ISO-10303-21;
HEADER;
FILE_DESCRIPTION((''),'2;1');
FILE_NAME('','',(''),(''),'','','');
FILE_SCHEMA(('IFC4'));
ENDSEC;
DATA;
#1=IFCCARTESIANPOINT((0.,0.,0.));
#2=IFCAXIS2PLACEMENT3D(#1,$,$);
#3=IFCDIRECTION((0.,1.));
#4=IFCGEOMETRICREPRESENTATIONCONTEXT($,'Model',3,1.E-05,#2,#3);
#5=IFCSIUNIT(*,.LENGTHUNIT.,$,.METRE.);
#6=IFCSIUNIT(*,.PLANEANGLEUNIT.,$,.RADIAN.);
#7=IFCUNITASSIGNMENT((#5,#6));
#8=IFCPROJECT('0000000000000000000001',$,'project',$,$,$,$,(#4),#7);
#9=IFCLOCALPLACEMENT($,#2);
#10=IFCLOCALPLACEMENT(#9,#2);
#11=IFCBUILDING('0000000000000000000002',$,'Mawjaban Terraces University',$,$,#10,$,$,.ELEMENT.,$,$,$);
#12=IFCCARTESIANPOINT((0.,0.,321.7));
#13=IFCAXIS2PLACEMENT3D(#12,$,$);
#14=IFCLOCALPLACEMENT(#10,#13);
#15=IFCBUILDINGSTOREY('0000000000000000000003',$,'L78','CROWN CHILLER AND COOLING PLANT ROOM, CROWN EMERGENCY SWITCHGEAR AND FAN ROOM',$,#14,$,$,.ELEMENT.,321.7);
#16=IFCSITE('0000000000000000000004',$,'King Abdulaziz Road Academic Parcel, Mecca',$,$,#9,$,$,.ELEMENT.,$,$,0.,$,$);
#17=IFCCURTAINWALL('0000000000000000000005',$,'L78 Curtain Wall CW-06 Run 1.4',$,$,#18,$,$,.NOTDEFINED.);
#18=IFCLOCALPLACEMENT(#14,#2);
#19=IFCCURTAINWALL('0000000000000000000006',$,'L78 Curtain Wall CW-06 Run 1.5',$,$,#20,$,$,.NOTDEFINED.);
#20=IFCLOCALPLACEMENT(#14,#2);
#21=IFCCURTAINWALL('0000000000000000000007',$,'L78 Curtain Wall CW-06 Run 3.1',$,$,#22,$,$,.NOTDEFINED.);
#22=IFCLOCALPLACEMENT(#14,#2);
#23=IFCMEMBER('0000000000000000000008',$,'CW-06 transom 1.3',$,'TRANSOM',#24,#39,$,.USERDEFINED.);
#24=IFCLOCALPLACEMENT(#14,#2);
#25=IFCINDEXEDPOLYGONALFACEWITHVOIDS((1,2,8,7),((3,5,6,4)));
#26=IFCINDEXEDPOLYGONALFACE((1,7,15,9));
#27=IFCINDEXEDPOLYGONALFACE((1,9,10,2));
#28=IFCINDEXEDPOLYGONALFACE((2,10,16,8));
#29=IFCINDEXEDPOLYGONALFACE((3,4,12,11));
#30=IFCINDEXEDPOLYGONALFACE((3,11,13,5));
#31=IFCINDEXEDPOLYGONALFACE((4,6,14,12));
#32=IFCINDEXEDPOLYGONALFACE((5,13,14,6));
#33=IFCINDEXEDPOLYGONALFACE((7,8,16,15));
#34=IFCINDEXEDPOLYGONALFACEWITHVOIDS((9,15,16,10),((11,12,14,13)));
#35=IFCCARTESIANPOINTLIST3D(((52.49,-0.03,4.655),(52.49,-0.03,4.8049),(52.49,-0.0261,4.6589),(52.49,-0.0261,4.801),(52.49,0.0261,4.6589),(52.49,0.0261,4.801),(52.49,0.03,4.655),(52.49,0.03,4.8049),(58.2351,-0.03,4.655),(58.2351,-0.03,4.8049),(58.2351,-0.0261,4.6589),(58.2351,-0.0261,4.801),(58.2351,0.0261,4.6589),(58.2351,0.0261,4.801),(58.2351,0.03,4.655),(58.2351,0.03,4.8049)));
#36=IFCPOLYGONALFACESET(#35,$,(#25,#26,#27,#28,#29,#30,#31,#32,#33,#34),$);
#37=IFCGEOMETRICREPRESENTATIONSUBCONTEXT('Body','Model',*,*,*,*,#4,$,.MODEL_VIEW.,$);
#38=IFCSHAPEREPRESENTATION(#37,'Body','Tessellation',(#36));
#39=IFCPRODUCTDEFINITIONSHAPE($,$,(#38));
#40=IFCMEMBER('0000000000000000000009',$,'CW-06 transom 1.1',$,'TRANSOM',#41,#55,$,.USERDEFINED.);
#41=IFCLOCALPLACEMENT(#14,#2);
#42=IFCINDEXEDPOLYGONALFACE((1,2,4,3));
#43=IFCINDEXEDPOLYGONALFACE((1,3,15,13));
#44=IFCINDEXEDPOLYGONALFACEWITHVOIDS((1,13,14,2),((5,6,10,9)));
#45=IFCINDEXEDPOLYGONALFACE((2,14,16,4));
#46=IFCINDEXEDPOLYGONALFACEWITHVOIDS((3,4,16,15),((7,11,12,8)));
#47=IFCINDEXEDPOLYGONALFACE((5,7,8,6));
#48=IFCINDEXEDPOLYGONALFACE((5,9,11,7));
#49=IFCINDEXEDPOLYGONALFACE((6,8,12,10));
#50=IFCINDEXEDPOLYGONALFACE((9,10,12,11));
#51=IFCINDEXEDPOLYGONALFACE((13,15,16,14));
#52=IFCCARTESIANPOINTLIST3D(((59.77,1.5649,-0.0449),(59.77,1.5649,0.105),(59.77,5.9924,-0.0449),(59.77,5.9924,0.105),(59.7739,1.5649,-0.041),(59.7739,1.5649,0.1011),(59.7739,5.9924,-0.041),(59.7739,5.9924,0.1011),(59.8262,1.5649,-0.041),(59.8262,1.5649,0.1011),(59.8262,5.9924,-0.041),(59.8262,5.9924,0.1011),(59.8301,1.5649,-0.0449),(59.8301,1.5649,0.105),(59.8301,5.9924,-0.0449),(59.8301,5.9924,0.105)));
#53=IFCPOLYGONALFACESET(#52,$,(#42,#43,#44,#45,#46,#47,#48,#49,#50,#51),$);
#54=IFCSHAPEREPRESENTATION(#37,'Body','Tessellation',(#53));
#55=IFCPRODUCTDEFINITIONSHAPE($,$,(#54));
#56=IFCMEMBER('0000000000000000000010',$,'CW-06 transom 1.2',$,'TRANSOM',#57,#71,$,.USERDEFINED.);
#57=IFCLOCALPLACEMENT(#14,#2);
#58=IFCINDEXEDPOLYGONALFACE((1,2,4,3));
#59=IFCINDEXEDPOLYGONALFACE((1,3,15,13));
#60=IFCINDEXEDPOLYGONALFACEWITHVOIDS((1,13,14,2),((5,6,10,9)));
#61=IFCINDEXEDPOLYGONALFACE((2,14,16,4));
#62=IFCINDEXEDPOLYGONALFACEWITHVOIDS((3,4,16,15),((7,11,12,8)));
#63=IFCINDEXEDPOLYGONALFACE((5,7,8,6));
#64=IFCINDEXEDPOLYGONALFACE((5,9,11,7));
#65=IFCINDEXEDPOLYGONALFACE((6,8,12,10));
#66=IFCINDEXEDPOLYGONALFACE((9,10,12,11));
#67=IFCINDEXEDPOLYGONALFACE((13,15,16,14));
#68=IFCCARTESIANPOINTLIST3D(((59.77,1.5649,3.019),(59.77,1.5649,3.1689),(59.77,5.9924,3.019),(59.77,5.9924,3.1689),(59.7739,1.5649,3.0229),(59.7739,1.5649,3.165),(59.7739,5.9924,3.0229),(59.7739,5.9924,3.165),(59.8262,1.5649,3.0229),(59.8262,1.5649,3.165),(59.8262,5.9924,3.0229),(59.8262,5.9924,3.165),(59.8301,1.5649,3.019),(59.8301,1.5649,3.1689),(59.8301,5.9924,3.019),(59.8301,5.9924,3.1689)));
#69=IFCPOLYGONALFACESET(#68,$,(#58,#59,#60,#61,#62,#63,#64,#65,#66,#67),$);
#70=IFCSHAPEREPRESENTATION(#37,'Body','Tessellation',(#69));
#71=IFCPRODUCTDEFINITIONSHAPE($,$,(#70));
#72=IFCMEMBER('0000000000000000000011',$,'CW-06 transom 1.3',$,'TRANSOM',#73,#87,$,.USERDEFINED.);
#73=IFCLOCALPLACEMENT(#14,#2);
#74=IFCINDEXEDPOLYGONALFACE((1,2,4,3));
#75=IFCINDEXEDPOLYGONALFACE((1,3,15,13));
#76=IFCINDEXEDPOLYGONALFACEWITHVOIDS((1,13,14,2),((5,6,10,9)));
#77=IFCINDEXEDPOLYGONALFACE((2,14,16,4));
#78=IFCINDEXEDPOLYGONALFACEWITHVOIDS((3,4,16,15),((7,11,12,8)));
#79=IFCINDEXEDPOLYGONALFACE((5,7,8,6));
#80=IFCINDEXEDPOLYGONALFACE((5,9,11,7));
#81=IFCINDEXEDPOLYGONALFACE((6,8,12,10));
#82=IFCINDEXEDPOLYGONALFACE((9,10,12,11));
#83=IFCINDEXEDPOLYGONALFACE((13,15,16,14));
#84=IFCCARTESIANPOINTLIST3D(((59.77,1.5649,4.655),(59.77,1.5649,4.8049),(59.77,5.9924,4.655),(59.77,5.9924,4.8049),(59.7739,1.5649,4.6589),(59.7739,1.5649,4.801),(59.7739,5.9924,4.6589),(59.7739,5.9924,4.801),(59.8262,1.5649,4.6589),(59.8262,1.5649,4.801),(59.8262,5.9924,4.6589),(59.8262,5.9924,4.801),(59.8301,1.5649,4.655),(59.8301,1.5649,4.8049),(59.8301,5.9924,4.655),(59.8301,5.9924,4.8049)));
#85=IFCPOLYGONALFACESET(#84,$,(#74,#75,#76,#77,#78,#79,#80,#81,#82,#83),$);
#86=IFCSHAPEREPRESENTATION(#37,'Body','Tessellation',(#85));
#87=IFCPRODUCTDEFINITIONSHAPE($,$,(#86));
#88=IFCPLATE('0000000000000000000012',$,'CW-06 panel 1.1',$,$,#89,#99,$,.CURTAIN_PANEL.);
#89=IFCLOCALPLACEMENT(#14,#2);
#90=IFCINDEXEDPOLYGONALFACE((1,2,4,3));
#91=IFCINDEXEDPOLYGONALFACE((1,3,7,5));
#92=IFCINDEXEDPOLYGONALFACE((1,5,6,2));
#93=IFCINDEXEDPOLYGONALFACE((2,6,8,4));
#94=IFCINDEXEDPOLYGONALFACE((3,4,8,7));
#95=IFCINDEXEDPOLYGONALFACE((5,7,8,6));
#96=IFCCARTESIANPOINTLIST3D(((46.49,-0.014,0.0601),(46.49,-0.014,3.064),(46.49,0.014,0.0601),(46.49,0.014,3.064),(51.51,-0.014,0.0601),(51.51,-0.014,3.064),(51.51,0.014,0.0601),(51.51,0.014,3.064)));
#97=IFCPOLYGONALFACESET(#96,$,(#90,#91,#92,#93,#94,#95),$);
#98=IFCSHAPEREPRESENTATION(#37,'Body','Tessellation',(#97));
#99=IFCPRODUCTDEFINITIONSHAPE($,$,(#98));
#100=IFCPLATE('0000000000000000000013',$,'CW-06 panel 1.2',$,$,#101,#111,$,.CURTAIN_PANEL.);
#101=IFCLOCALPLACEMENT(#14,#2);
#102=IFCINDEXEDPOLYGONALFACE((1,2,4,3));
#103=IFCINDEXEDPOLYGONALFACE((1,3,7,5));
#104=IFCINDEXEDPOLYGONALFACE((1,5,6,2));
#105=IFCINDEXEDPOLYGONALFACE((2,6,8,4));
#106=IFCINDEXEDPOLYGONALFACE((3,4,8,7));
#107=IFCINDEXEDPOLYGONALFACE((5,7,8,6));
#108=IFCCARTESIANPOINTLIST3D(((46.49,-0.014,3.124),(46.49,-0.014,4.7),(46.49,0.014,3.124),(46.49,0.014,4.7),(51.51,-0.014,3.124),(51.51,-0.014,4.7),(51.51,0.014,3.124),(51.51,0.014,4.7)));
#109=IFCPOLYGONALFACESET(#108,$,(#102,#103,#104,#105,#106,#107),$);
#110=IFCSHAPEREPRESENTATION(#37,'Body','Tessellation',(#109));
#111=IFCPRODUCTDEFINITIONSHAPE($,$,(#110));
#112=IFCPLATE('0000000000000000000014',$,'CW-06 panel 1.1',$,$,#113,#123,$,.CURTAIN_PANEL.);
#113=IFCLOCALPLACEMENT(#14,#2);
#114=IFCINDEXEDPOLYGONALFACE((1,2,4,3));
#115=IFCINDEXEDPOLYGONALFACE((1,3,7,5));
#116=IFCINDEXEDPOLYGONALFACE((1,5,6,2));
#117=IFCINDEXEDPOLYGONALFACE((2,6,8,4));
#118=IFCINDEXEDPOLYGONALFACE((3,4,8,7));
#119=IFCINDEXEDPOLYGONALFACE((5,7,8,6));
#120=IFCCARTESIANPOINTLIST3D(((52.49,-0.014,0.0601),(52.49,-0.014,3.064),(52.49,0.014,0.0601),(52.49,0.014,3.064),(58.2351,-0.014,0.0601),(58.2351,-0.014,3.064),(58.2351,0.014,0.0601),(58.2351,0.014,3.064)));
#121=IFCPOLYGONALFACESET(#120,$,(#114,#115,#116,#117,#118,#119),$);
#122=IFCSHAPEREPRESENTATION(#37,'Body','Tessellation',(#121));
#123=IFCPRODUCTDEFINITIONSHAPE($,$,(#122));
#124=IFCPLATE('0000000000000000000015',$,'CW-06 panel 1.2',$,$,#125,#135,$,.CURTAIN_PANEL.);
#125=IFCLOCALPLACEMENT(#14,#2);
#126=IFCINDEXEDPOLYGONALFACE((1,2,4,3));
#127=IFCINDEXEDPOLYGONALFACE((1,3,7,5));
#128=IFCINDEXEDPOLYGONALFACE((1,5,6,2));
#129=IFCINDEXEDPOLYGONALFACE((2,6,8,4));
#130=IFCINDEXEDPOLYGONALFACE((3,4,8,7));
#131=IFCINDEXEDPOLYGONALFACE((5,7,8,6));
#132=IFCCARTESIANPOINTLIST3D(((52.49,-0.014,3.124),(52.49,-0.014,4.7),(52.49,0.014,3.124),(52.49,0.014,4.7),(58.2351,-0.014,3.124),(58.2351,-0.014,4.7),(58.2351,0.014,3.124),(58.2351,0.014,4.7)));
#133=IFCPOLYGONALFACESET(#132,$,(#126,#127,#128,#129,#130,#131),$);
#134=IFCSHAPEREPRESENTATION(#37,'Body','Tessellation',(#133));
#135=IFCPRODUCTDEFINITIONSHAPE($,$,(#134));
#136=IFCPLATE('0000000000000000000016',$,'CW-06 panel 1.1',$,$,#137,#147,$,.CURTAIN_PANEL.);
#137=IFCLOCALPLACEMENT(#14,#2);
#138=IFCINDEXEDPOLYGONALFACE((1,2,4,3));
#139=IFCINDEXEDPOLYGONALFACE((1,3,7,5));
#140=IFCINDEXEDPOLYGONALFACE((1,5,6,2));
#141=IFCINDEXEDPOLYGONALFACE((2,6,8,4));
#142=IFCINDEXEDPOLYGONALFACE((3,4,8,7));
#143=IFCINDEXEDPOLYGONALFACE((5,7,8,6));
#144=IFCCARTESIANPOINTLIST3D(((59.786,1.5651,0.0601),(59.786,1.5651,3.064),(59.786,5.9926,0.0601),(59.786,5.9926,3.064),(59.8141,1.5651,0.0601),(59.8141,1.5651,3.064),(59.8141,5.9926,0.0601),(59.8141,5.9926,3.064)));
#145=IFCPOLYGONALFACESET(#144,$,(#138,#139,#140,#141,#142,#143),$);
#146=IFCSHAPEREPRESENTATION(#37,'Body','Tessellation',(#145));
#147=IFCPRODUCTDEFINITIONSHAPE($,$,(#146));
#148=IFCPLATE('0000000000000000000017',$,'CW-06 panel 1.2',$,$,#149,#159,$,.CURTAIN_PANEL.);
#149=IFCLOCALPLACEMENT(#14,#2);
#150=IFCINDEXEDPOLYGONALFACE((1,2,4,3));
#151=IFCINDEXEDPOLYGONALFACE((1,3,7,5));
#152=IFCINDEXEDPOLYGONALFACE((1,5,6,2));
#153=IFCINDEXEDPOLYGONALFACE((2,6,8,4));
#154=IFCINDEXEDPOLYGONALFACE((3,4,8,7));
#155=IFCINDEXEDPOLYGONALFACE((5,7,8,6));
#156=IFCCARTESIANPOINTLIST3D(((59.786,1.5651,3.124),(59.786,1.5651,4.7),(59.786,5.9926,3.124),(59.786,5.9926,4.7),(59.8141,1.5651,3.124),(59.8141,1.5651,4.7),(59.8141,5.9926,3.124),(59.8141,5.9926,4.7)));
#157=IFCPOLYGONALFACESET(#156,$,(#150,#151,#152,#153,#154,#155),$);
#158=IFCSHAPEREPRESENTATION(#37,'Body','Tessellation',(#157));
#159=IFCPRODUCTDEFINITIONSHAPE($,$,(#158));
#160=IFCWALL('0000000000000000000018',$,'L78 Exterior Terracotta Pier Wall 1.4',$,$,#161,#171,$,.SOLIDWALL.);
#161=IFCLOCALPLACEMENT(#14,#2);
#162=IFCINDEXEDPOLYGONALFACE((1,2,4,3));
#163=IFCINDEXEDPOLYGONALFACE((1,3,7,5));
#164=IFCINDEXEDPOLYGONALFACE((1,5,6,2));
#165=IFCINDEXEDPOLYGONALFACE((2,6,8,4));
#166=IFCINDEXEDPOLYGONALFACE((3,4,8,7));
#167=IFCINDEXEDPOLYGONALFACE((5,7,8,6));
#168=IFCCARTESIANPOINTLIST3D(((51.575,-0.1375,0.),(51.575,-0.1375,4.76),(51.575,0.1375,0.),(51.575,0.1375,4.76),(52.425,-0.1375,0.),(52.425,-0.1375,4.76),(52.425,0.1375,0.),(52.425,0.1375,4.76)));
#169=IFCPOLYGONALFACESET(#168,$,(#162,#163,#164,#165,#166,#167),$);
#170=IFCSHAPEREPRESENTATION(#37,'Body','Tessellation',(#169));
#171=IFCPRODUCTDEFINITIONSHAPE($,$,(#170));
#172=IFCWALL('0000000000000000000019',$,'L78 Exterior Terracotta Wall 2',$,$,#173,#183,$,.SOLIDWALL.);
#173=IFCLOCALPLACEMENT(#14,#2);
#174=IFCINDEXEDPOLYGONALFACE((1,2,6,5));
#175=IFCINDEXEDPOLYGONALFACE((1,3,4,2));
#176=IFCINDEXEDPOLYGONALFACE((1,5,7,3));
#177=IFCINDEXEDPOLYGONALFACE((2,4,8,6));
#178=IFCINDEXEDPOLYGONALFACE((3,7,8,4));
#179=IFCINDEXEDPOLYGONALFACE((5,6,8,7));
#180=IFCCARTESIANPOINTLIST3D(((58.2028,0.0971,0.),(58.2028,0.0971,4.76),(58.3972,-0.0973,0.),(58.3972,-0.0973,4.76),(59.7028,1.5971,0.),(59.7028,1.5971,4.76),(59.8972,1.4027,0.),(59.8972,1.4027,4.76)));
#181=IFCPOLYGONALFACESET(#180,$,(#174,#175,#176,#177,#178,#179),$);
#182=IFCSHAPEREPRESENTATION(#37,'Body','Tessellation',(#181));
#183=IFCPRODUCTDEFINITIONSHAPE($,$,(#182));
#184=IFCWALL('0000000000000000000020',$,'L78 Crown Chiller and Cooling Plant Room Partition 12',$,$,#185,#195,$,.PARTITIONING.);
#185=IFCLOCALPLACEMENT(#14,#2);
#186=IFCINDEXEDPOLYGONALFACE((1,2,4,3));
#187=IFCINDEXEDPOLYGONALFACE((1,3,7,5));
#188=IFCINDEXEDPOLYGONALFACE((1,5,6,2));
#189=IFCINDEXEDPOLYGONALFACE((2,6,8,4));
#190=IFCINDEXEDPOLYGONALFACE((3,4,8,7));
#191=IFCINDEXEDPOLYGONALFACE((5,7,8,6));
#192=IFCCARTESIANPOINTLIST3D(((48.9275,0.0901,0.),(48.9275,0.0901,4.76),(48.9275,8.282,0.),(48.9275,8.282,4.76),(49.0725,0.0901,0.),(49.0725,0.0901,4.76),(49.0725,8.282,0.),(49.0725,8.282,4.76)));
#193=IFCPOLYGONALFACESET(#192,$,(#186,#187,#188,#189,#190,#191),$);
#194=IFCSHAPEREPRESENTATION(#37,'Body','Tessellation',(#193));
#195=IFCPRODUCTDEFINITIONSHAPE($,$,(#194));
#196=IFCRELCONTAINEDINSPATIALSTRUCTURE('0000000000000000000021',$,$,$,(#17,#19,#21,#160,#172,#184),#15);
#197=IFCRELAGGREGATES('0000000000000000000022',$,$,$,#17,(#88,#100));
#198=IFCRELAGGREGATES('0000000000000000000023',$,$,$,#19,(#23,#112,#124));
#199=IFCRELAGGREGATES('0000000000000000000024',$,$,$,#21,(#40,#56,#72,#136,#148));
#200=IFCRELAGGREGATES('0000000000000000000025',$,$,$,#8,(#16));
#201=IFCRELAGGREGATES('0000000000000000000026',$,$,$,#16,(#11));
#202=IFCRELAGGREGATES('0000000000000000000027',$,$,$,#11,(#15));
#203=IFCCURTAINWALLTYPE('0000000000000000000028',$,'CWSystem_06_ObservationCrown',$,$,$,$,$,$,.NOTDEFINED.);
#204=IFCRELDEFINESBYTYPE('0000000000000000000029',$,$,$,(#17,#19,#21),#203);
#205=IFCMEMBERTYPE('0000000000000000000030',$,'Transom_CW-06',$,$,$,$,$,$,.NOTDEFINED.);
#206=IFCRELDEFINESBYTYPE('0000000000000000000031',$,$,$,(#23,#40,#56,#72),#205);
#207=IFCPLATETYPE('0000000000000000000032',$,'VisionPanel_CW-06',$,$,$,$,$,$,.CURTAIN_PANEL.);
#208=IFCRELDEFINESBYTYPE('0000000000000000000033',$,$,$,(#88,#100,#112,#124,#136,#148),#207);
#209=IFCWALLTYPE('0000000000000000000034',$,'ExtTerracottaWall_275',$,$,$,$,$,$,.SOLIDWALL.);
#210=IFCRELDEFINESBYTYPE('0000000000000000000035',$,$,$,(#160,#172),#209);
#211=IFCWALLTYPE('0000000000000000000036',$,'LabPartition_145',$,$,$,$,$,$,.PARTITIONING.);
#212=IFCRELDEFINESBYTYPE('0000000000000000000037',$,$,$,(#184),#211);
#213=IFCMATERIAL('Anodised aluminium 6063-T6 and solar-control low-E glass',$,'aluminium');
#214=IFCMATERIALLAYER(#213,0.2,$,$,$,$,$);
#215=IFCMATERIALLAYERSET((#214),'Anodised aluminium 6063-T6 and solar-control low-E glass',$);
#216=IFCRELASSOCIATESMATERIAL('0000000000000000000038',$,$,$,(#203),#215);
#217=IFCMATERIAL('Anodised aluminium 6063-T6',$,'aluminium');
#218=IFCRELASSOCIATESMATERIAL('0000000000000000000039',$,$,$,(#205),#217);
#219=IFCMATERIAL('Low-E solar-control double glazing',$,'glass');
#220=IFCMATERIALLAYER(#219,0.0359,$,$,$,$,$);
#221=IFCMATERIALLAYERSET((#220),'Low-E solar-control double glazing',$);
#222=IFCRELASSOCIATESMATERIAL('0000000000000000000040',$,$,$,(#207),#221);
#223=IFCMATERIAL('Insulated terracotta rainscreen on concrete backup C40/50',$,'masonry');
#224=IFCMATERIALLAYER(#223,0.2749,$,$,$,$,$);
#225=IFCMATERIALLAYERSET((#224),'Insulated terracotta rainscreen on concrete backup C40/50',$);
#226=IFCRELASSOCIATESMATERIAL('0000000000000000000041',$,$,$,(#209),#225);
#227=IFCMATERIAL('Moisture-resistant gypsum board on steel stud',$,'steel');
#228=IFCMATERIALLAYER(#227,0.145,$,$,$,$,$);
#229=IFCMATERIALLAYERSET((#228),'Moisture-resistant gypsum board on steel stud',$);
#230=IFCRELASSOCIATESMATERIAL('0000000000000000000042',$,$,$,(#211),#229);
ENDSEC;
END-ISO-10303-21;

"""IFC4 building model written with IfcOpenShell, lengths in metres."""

from ifc_helpers import new_model, si_unit, direction, frame, frame_2d, origin, origin_2d, place, context, subcontext, project, spatial, rectangle, hollow_rectangle, extrude, material, layer, layer_set, material_profile, profile_set, type_object, element, aggregate, save


model = new_model("IFC4")

# Units and contexts
model_context = context("Model", 3, precision=1e-05, world=origin(), true_north=direction((0.0, 1.0)))
body_context = subcontext(model_context, "Body", "Model", "MODEL_VIEW")
ifc_project = project(units=[si_unit("LENGTHUNIT", "METRE"), si_unit("PLANEANGLEUNIT", "RADIAN")], contexts=[model_context])

# Site, building, storey
site_placement = place(None, origin())
site = spatial("IfcSite", under=ifc_project, at=site_placement, Name="King Abdulaziz Road Academic Parcel, Mecca", CompositionType="ELEMENT", RefElevation=0.0)
building_placement = place(site_placement, origin())
building = spatial("IfcBuilding", under=site, at=building_placement, Name="Mawjaban Terraces University", CompositionType="ELEMENT")
storey_placement = place(building_placement, frame((0.0, 0.0, 321.7)))
storey = spatial("IfcBuildingStorey", under=building, at=storey_placement, Name="L78", Description="CROWN CHILLER AND COOLING PLANT ROOM, CROWN EMERGENCY SWITCHGEAR AND FAN ROOM", CompositionType="ELEMENT", Elevation=321.7)

# Curtain wall
ifc_material_1 = material(Name="Anodised aluminium 6063-T6 and solar-control low-E glass", Category="aluminium")
ifc_layer_1 = layer(ifc_material_1, 0.2)
ifc_layer_set_1 = layer_set([ifc_layer_1], Name="Anodised aluminium 6063-T6 and solar-control low-E glass")
curtain_wall_type = type_object("IfcCurtainWallType", Name="CWSystem_06_ObservationCrown", PredefinedType="NOTDEFINED", material=ifc_layer_set_1)
curtain_wall_1_placement = place(storey_placement, origin())
curtain_wall_1 = element("IfcCurtainWall", 1, at=curtain_wall_1_placement, inside=storey, type_object=curtain_wall_type, Name="L78 Curtain Wall CW-06 Run 1.4", PredefinedType="NOTDEFINED")
ifc_material_2 = material(Name="Anodised aluminium 6063-T6", Category="aluminium")

# Curtain wall
curtain_wall_2_placement = place(storey_placement, origin())
curtain_wall_2 = element("IfcCurtainWall", 2, at=curtain_wall_2_placement, inside=storey, type_object=curtain_wall_type, Name="L78 Curtain Wall CW-06 Run 1.5", PredefinedType="NOTDEFINED")

# Curtain wall
curtain_wall_3_placement = place(storey_placement, origin())
curtain_wall_3 = element("IfcCurtainWall", 3, at=curtain_wall_3_placement, inside=storey, type_object=curtain_wall_type, Name="L78 Curtain Wall CW-06 Run 3.1", PredefinedType="NOTDEFINED")

# Members
ifc_material_profile_1 = material_profile(ifc_material_2, hollow_rectangle(XDim=0.0601, YDim=0.1499, WallThickness=0.0039, at=origin_2d()), Name="ALU150X60X4")
ifc_profile_set_1 = profile_set([ifc_material_profile_1], Name="Anodised aluminium 6063-T6")
member_type_1 = type_object("IfcMemberType", Name="Transom_CW-06", PredefinedType="NOTDEFINED", material=ifc_profile_set_1)
member_1_placement = place(storey_placement, frame((52.49, 0.0, 4.73), z_axis=(1.0, 0.0, 0.0), x_axis=(0.0, 1.0, 0.0)))
member_1 = element("IfcMember", 4, at=member_1_placement, type_object=member_type_1, Name="CW-06 transom 1.3", ObjectType="TRANSOM", PredefinedType="USERDEFINED", context=body_context, shape_type="SweptSolid", body=[
    extrude(hollow_rectangle(XDim=0.0601, YDim=0.1499, WallThickness=0.0039, at=origin_2d()), origin(), (0.0, 0.0, 1.0), 5.7451),
])
member_2_placement = place(storey_placement, frame((59.8, 1.5649, 0.03), z_axis=(0.0, 1.0, 0.0), x_axis=(-1.0, 0.0, 0.0)))
member_2 = element("IfcMember", 5, at=member_2_placement, type_object=member_type_1, Name="CW-06 transom 1.1", ObjectType="TRANSOM", PredefinedType="USERDEFINED", context=body_context, shape_type="SweptSolid", body=[
    extrude(hollow_rectangle(XDim=0.0601, YDim=0.1499, WallThickness=0.0039, at=origin_2d()), origin(), (0.0, 0.0, 1.0), 4.4275),
])
member_3_placement = place(storey_placement, frame((59.8, 1.5649, 3.094), z_axis=(0.0, 1.0, 0.0), x_axis=(-1.0, 0.0, 0.0)))
member_3 = element("IfcMember", 6, at=member_3_placement, type_object=member_type_1, Name="CW-06 transom 1.2", ObjectType="TRANSOM", PredefinedType="USERDEFINED", context=body_context, shape_type="SweptSolid", body=[
    extrude(hollow_rectangle(XDim=0.0601, YDim=0.1499, WallThickness=0.0039, at=origin_2d()), origin(), (0.0, 0.0, 1.0), 4.4275),
])
member_4_placement = place(storey_placement, frame((59.8, 1.5649, 4.73), z_axis=(0.0, 1.0, 0.0), x_axis=(-1.0, 0.0, 0.0)))
member_4 = element("IfcMember", 7, at=member_4_placement, type_object=member_type_1, Name="CW-06 transom 1.3", ObjectType="TRANSOM", PredefinedType="USERDEFINED", context=body_context, shape_type="SweptSolid", body=[
    extrude(hollow_rectangle(XDim=0.0601, YDim=0.1499, WallThickness=0.0039, at=origin_2d()), origin(), (0.0, 0.0, 1.0), 4.4275),
])

# Plates
ifc_material_3 = material(Name="Low-E solar-control double glazing", Category="glass")
ifc_layer_2 = layer(ifc_material_3, 0.0359)
ifc_layer_set_2 = layer_set([ifc_layer_2], Name="Low-E solar-control double glazing")
plate_type = type_object("IfcPlateType", Name="VisionPanel_CW-06", PredefinedType="CURTAIN_PANEL", material=ifc_layer_set_2)
plate_1_placement = place(storey_placement, frame((49.0, 0.0, 0.0601), z_axis=(0.0, 0.0, 1.0), x_axis=(1.0, 0.0, 0.0)))
plate_1 = element("IfcPlate", 8, at=plate_1_placement, type_object=plate_type, Name="CW-06 panel 1.1", PredefinedType="CURTAIN_PANEL", context=body_context, shape_type="SweptSolid", body=[
    extrude(rectangle(XDim=5.02, YDim=0.0281, at=origin_2d()), origin(), (0.0, 0.0, 1.0), 3.0039),
])
plate_2_placement = place(storey_placement, frame((49.0, 0.0, 3.124), z_axis=(0.0, 0.0, 1.0), x_axis=(1.0, 0.0, 0.0)))
plate_2 = element("IfcPlate", 9, at=plate_2_placement, type_object=plate_type, Name="CW-06 panel 1.2", PredefinedType="CURTAIN_PANEL", context=body_context, shape_type="SweptSolid", body=[
    extrude(rectangle(XDim=5.02, YDim=0.0281, at=origin_2d()), origin(), (0.0, 0.0, 1.0), 1.5759),
])
aggregate(curtain_wall_1, [plate_1, plate_2])
plate_3_placement = place(storey_placement, frame((55.3625, 0.0, 0.0601), z_axis=(0.0, 0.0, 1.0), x_axis=(1.0, 0.0, 0.0)))
plate_3 = element("IfcPlate", 10, at=plate_3_placement, type_object=plate_type, Name="CW-06 panel 1.1", PredefinedType="CURTAIN_PANEL", context=body_context, shape_type="SweptSolid", body=[
    extrude(rectangle(XDim=5.7451, YDim=0.0281, at=origin_2d()), origin(), (0.0, 0.0, 1.0), 3.0039),
])
plate_4_placement = place(storey_placement, frame((55.3625, 0.0, 3.124), z_axis=(0.0, 0.0, 1.0), x_axis=(1.0, 0.0, 0.0)))
plate_4 = element("IfcPlate", 11, at=plate_4_placement, type_object=plate_type, Name="CW-06 panel 1.2", PredefinedType="CURTAIN_PANEL", context=body_context, shape_type="SweptSolid", body=[
    extrude(rectangle(XDim=5.7451, YDim=0.0281, at=origin_2d()), origin(), (0.0, 0.0, 1.0), 1.5759),
])
aggregate(curtain_wall_2, [member_1, plate_3, plate_4])
plate_5_placement = place(storey_placement, frame((59.8, 3.7788, 0.0601), z_axis=(0.0, 0.0, 1.0), x_axis=(0.0, 1.0, 0.0)))
plate_5 = element("IfcPlate", 12, at=plate_5_placement, type_object=plate_type, Name="CW-06 panel 1.1", PredefinedType="CURTAIN_PANEL", context=body_context, shape_type="SweptSolid", body=[
    extrude(rectangle(XDim=4.4275, YDim=0.0281, at=origin_2d()), origin(), (0.0, 0.0, 1.0), 3.0039),
])
plate_6_placement = place(storey_placement, frame((59.8, 3.7788, 3.124), z_axis=(0.0, 0.0, 1.0), x_axis=(0.0, 1.0, 0.0)))
plate_6 = element("IfcPlate", 13, at=plate_6_placement, type_object=plate_type, Name="CW-06 panel 1.2", PredefinedType="CURTAIN_PANEL", context=body_context, shape_type="SweptSolid", body=[
    extrude(rectangle(XDim=4.4275, YDim=0.0281, at=origin_2d()), origin(), (0.0, 0.0, 1.0), 1.5759),
])
aggregate(curtain_wall_3, [member_2, member_3, member_4, plate_5, plate_6])

# Walls
ifc_material_4 = material(Name="Insulated terracotta rainscreen on concrete backup C40/50", Category="masonry")
ifc_layer_3 = layer(ifc_material_4, 0.2749)
ifc_layer_set_3 = layer_set([ifc_layer_3], Name="Insulated terracotta rainscreen on concrete backup C40/50")
wall_type_1 = type_object("IfcWallType", Name="ExtTerracottaWall_275", PredefinedType="SOLIDWALL", material=ifc_layer_set_3)
wall_1_placement = place(storey_placement, frame((51.575, 0.0, 0.0), z_axis=(0.0, 0.0, 1.0), x_axis=(1.0, 0.0, 0.0)))
element("IfcWall", 14, at=wall_1_placement, inside=storey, type_object=wall_type_1, Name="L78 Exterior Terracotta Pier Wall 1.4", PredefinedType="SOLIDWALL", context=body_context, shape_type="SweptSolid", body=[
    extrude(rectangle(XDim=0.8501, YDim=0.2749, at=frame_2d((0.425, 0.0))), origin(), (0.0, 0.0, 1.0), 4.76),
])
wall_2_placement = place(storey_placement, frame((58.3, 0.0, 0.0), z_axis=(0.0, 0.0, 1.0), x_axis=(0.707107, 0.707107, 0.0)))
element("IfcWall", 15, at=wall_2_placement, inside=storey, type_object=wall_type_1, Name="L78 Exterior Terracotta Wall 2", PredefinedType="SOLIDWALL", context=body_context, shape_type="SweptSolid", body=[
    extrude(rectangle(XDim=2.1213, YDim=0.2749, at=frame_2d((1.0605, 0.0))), origin(), (0.0, 0.0, 1.0), 4.76),
])
ifc_material_5 = material(Name="Moisture-resistant gypsum board on steel stud", Category="steel")
ifc_layer_4 = layer(ifc_material_5, 0.145)
ifc_layer_set_4 = layer_set([ifc_layer_4], Name="Moisture-resistant gypsum board on steel stud")
wall_type_2 = type_object("IfcWallType", Name="LabPartition_145", PredefinedType="PARTITIONING", material=ifc_layer_set_4)
wall_3_placement = place(storey_placement, frame((49.0, 0.0901, 0.0), z_axis=(0.0, 0.0, 1.0), x_axis=(0.0, 1.0, 0.0)))
element("IfcWall", 16, at=wall_3_placement, inside=storey, type_object=wall_type_2, Name="L78 Crown Chiller and Cooling Plant Room Partition 12", PredefinedType="PARTITIONING", context=body_context, shape_type="SweptSolid", body=[
    extrude(rectangle(XDim=8.1919, YDim=0.145, at=frame_2d((4.0959, 0.0))), origin(), (0.0, 0.0, 1.0), 4.76),
])

save(model, "model.ifc")
